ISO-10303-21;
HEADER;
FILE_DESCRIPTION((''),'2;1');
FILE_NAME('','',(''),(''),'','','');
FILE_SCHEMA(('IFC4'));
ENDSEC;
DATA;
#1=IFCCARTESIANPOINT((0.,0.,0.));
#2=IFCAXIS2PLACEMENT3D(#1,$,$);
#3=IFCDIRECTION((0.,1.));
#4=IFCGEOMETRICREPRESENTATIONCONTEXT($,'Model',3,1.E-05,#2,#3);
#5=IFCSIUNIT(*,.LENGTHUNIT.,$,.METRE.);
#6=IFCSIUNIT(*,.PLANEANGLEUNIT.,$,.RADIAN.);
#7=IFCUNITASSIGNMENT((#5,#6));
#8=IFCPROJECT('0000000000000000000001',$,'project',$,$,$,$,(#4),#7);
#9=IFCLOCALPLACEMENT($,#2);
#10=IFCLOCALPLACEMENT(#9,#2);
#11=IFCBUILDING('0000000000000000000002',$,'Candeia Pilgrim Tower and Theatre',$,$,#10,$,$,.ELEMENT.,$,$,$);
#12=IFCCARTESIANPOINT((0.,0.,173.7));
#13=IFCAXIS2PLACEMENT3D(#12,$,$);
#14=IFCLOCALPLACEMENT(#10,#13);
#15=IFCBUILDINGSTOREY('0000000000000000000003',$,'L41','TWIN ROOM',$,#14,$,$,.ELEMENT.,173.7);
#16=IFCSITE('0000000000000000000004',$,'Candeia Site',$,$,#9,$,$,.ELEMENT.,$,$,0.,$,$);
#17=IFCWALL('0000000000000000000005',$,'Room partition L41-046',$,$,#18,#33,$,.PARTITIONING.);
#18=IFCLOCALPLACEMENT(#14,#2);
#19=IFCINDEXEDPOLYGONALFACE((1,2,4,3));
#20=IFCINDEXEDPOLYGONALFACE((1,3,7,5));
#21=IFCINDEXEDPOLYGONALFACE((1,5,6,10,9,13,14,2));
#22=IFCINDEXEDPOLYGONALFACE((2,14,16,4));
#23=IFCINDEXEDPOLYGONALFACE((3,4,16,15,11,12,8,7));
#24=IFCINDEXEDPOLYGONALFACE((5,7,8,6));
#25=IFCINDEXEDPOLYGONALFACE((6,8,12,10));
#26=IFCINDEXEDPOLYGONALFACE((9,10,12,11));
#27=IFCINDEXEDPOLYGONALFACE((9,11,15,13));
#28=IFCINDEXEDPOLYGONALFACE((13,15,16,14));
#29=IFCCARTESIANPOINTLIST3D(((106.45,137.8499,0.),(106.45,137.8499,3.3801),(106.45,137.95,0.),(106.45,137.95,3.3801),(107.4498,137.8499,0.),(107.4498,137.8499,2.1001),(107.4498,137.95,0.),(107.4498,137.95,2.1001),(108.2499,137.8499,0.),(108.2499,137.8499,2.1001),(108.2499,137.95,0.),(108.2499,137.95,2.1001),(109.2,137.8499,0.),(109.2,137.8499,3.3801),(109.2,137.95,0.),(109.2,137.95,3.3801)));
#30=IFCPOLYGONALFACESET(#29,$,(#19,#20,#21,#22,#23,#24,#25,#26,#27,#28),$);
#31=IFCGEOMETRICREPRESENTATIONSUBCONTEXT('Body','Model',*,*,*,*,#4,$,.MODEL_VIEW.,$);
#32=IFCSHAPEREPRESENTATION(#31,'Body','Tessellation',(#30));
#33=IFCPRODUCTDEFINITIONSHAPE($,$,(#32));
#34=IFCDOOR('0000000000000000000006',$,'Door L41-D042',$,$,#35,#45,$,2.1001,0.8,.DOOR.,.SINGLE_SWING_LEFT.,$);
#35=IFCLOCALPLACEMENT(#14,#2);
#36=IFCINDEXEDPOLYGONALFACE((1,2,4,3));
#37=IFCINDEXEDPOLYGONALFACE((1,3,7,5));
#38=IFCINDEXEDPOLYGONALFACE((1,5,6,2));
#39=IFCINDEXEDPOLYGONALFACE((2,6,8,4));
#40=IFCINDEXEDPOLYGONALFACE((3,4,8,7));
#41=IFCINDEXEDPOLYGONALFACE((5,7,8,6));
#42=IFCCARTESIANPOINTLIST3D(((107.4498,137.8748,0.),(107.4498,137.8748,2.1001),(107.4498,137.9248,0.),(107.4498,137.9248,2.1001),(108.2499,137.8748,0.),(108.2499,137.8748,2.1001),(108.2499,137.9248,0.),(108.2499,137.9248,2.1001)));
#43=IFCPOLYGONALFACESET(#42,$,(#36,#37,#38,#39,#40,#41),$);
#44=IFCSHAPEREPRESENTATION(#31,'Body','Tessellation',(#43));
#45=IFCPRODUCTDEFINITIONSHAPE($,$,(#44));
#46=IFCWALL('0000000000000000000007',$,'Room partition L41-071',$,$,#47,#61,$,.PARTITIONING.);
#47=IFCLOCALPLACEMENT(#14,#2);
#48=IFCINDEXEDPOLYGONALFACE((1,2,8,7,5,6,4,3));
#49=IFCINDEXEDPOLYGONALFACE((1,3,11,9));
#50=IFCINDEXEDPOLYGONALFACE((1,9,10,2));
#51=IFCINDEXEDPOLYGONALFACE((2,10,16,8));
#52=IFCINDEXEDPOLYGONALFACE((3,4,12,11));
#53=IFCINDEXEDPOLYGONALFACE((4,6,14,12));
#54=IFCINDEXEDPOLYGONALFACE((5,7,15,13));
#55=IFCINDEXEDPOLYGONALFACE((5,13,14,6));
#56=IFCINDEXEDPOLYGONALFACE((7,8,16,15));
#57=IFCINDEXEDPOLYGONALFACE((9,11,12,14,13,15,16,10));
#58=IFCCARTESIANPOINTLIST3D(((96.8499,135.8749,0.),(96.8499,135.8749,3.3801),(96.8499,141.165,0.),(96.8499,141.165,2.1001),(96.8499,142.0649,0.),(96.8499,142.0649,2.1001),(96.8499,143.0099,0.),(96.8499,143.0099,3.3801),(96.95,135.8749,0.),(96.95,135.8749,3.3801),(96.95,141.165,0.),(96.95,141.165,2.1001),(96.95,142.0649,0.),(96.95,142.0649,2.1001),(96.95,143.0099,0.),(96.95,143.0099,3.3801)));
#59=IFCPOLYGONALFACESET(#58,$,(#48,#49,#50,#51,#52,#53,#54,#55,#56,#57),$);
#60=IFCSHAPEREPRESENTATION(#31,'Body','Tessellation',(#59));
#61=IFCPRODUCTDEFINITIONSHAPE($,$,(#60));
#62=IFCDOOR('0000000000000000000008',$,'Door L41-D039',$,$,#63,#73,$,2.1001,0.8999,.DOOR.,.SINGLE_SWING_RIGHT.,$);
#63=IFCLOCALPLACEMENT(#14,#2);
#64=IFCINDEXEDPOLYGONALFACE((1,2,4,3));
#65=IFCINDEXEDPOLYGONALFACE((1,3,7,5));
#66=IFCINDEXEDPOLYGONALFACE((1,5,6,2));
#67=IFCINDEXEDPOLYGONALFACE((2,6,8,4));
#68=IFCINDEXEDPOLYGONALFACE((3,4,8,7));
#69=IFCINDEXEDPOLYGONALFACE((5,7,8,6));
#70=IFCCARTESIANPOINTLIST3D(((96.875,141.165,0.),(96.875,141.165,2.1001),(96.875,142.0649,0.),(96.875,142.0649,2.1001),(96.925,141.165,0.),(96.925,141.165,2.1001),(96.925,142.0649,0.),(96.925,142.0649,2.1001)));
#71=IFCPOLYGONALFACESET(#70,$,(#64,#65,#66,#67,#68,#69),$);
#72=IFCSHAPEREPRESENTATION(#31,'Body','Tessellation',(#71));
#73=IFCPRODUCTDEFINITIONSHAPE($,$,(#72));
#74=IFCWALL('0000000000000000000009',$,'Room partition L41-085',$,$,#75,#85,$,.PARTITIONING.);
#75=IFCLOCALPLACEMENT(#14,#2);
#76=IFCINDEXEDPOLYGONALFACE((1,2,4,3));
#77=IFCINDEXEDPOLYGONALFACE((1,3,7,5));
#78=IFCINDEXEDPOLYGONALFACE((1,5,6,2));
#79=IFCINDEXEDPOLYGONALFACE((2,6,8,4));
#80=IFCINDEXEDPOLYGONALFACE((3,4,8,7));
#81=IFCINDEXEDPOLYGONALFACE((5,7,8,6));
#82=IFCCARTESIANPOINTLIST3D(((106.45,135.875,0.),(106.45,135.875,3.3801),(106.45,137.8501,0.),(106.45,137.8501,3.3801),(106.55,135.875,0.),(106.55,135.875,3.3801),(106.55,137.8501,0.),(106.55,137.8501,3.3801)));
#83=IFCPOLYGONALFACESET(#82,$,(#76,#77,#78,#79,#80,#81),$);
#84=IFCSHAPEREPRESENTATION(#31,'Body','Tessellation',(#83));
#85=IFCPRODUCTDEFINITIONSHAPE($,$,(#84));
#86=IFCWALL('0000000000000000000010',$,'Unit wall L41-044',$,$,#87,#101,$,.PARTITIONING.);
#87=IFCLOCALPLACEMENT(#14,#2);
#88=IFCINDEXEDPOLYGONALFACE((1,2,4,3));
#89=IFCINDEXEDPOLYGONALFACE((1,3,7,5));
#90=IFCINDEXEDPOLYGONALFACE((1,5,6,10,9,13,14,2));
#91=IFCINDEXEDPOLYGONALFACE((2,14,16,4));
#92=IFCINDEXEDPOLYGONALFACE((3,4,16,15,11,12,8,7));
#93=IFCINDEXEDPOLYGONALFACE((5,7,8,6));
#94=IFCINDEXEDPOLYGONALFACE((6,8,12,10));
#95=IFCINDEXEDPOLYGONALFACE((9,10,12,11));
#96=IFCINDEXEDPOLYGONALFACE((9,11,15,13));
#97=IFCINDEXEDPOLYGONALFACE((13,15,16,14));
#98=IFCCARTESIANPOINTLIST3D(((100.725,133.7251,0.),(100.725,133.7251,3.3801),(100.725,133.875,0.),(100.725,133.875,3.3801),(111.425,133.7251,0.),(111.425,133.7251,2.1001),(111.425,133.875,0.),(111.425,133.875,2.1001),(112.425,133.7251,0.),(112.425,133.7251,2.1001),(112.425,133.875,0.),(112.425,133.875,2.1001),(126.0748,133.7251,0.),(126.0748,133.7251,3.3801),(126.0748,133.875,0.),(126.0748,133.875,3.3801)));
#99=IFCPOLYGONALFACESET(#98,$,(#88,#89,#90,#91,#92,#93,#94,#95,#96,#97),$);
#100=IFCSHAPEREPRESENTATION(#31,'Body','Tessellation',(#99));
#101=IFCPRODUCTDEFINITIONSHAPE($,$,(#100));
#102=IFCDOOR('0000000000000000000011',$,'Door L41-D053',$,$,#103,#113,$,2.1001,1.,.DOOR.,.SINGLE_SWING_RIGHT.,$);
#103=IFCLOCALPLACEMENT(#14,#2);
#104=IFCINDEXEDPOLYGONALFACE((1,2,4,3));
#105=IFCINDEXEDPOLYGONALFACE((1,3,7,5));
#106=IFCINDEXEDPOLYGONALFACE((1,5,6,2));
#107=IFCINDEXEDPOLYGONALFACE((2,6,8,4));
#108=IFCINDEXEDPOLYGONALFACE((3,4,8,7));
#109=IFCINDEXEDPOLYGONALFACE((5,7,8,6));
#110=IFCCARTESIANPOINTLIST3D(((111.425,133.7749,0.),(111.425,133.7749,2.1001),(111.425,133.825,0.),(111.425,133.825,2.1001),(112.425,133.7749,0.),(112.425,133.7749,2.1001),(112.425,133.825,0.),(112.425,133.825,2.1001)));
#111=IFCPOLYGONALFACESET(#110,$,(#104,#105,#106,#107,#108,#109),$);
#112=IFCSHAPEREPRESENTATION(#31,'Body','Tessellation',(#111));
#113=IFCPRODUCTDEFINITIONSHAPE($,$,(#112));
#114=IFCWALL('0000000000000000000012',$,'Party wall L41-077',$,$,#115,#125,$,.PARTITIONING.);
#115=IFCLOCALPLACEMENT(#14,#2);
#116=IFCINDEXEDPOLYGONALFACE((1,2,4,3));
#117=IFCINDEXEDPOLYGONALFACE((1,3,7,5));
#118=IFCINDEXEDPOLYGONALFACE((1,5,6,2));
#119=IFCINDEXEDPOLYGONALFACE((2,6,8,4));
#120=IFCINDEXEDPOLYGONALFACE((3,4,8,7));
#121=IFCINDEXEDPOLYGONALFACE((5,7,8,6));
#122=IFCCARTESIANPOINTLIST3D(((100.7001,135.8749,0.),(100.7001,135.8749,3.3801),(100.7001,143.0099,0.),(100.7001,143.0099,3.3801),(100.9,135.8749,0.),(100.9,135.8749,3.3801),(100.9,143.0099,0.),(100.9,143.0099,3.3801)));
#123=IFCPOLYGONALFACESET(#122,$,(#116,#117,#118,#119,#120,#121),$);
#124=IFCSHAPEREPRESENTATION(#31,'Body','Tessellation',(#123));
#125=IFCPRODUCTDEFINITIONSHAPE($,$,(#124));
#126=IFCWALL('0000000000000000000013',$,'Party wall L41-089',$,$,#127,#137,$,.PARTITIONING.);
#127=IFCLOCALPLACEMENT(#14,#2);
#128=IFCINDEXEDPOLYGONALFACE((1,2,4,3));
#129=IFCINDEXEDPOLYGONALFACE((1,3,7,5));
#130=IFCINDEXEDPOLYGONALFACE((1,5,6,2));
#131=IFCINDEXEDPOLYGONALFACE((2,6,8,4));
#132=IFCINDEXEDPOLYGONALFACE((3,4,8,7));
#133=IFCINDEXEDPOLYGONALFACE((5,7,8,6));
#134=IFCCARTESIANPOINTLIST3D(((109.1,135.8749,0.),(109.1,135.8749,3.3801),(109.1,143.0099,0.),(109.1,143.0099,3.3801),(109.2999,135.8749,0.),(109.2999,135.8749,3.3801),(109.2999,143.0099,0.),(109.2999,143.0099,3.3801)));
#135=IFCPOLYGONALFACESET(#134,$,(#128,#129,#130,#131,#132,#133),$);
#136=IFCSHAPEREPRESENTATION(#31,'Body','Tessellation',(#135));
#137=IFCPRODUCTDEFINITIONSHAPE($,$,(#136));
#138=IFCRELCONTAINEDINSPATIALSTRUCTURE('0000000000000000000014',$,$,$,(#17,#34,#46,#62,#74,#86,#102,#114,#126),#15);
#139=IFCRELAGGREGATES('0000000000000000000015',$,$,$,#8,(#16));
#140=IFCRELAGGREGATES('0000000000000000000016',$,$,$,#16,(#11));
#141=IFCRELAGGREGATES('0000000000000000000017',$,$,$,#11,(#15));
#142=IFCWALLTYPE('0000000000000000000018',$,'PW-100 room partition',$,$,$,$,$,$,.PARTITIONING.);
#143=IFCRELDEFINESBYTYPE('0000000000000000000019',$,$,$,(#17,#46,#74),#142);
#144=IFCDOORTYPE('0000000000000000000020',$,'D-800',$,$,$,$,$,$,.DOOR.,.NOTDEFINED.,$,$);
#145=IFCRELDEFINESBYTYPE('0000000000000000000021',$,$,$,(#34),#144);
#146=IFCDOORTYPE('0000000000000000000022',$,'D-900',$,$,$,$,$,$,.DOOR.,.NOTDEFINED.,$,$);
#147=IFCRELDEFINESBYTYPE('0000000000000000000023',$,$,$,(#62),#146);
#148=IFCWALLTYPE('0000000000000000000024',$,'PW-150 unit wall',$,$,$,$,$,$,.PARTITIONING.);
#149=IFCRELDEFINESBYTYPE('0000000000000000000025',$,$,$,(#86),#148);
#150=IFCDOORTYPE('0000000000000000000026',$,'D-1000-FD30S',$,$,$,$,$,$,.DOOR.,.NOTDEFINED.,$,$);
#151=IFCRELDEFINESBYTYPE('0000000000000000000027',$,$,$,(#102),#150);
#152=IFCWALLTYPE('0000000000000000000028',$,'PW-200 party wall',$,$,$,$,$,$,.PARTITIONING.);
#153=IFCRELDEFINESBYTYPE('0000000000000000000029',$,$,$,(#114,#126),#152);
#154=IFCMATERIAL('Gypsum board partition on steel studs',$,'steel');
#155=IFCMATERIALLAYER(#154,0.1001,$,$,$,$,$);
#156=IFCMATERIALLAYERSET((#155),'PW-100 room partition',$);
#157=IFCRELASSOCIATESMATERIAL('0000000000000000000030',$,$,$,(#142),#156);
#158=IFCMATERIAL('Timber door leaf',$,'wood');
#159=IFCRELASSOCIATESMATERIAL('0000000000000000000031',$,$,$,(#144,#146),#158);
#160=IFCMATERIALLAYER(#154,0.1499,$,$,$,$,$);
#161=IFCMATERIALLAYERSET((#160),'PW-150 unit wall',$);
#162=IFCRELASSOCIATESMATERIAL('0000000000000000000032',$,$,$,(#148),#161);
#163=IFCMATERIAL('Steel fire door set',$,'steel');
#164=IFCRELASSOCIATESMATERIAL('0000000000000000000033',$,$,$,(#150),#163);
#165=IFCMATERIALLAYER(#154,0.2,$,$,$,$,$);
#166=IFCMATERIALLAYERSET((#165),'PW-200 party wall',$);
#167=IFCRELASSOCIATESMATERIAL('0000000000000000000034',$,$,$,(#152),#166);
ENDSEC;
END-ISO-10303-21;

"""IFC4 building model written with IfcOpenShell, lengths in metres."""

from ifc_helpers import new_model, si_unit, direction, frame, frame_2d, origin, place, context, subcontext, project, spatial, rectangle, extrude, material, layer, layer_set, type_object, element, fill, save


model = new_model("IFC4")

# Units and contexts
model_context = context("Model", 3, precision=1e-05, world=origin(), true_north=direction((0.0, 1.0)))
body_context = subcontext(model_context, "Body", "Model", "MODEL_VIEW")
ifc_project = project(units=[si_unit("LENGTHUNIT", "METRE"), si_unit("PLANEANGLEUNIT", "RADIAN")], contexts=[model_context])

# Site, building, storey
site_placement = place(None, origin())
site = spatial("IfcSite", under=ifc_project, at=site_placement, Name="Candeia Site", CompositionType="ELEMENT", RefElevation=0.0)
building_placement = place(site_placement, origin())
building = spatial("IfcBuilding", under=site, at=building_placement, Name="Candeia Pilgrim Tower and Theatre", CompositionType="ELEMENT")
storey_placement = place(building_placement, frame((0.0, 0.0, 173.7)))
storey = spatial("IfcBuildingStorey", under=building, at=storey_placement, Name="L41", Description="TWIN ROOM", CompositionType="ELEMENT", Elevation=173.7)

# Walls, openings, doors
ifc_material_1 = material(Name="Gypsum board partition on steel studs", Category="steel")
ifc_layer_1 = layer(ifc_material_1, 0.1001)
ifc_layer_set_1 = layer_set([ifc_layer_1], Name="PW-100 room partition")
wall_type_1 = type_object("IfcWallType", Name="PW-100 room partition", PredefinedType="PARTITIONING", material=ifc_layer_set_1)
wall_1_placement = place(storey_placement, frame((106.45, 137.8999, 0.0), z_axis=(0.0, 0.0, 1.0), x_axis=(1.0, 0.0, 0.0)))
wall_1 = element("IfcWall", 1, at=wall_1_placement, inside=storey, type_object=wall_type_1, Name="Room partition L41-046", PredefinedType="PARTITIONING", context=body_context, shape_type="SweptSolid", body=[
    extrude(rectangle(XDim=2.75, YDim=0.1001, at=frame_2d((1.375, 0.0))), origin(), (0.0, 0.0, 1.0), 3.3801),
])
opening_1_placement = place(wall_1_placement, frame((1.0, 0.0, 0.0)))
opening_1 = element("IfcOpeningElement", 2, at=opening_1_placement, cuts=wall_1, PredefinedType="OPENING", context=body_context, shape_type="SweptSolid", body=[
    extrude(rectangle(XDim=0.8, YDim=2.1001, at=frame_2d((0.3999, 1.05))), frame((0.0, 0.0601, 0.0), z_axis=(0.0, -1.0, 0.0), x_axis=(1.0, 0.0, 0.0)), (0.0, 0.0, 1.0), 0.1201),
])
ifc_material_2 = material(Name="Timber door leaf", Category="wood")
door_type_1 = type_object("IfcDoorType", Name="D-800", OperationType="NOTDEFINED", PredefinedType="DOOR", material=ifc_material_2)
door_1_placement = place(opening_1_placement, origin())
door_1 = element("IfcDoor", 3, at=door_1_placement, inside=storey, type_object=door_type_1, Name="Door L41-D042", OperationType="SINGLE_SWING_LEFT", OverallHeight=2.1001, OverallWidth=0.8, PredefinedType="DOOR", context=body_context, shape_type="SweptSolid", body=[
    extrude(rectangle(XDim=0.8, YDim=2.1001, at=frame_2d((0.3999, 1.05))), frame((0.0, 0.0249, 0.0), z_axis=(0.0, -1.0, 0.0), x_axis=(1.0, 0.0, 0.0)), (0.0, 0.0, 1.0), 0.05),
])
fill(opening_1, door_1)
wall_2_placement = place(storey_placement, frame((96.8999, 135.875, 0.0), z_axis=(0.0, 0.0, 1.0), x_axis=(0.0, 1.0, 0.0)))
wall_2 = element("IfcWall", 4, at=wall_2_placement, inside=storey, type_object=wall_type_1, Name="Room partition L41-071", PredefinedType="PARTITIONING", context=body_context, shape_type="SweptSolid", body=[
    extrude(rectangle(XDim=7.135, YDim=0.1001, at=frame_2d((3.5674, 0.0))), origin(), (0.0, 0.0, 1.0), 3.3801),
])
opening_2_placement = place(wall_2_placement, frame((5.29, 0.0, 0.0)))
opening_2 = element("IfcOpeningElement", 5, at=opening_2_placement, cuts=wall_2, PredefinedType="OPENING", context=body_context, shape_type="SweptSolid", body=[
    extrude(rectangle(XDim=0.8999, YDim=2.1001, at=frame_2d((0.45, 1.05))), frame((0.0, 0.0601, 0.0), z_axis=(0.0, -1.0, 0.0), x_axis=(1.0, 0.0, 0.0)), (0.0, 0.0, 1.0), 0.1201),
])
door_type_2 = type_object("IfcDoorType", Name="D-900", OperationType="NOTDEFINED", PredefinedType="DOOR", material=ifc_material_2)
door_2_placement = place(opening_2_placement, origin())
door_2 = element("IfcDoor", 6, at=door_2_placement, inside=storey, type_object=door_type_2, Name="Door L41-D039", OperationType="SINGLE_SWING_RIGHT", OverallHeight=2.1001, OverallWidth=0.8999, PredefinedType="DOOR", context=body_context, shape_type="SweptSolid", body=[
    extrude(rectangle(XDim=0.8999, YDim=2.1001, at=frame_2d((0.45, 1.05))), frame((0.0, 0.0249, 0.0), z_axis=(0.0, -1.0, 0.0), x_axis=(1.0, 0.0, 0.0)), (0.0, 0.0, 1.0), 0.05),
])
fill(opening_2, door_2)

# Wall
wall_3_placement = place(storey_placement, frame((106.5, 135.875, 0.0), z_axis=(0.0, 0.0, 1.0), x_axis=(0.0, 1.0, 0.0)))
element("IfcWall", 7, at=wall_3_placement, inside=storey, type_object=wall_type_1, Name="Room partition L41-085", PredefinedType="PARTITIONING", context=body_context, shape_type="SweptSolid", body=[
    extrude(rectangle(XDim=1.9751, YDim=0.1001, at=frame_2d((0.9875, 0.0))), origin(), (0.0, 0.0, 1.0), 3.3801),
])

# Wall, opening, door
ifc_layer_2 = layer(ifc_material_1, 0.1499)
ifc_layer_set_2 = layer_set([ifc_layer_2], Name="PW-150 unit wall")
wall_type_2 = type_object("IfcWallType", Name="PW-150 unit wall", PredefinedType="PARTITIONING", material=ifc_layer_set_2)
wall_4_placement = place(storey_placement, frame((100.7251, 133.8, 0.0), z_axis=(0.0, 0.0, 1.0), x_axis=(1.0, 0.0, 0.0)))
wall_4 = element("IfcWall", 8, at=wall_4_placement, inside=storey, type_object=wall_type_2, Name="Unit wall L41-044", PredefinedType="PARTITIONING", context=body_context, shape_type="SweptSolid", body=[
    extrude(rectangle(XDim=25.3499, YDim=0.1499, at=frame_2d((12.6748, 0.0))), origin(), (0.0, 0.0, 1.0), 3.3801),
])
opening_3_placement = place(wall_4_placement, frame((10.7, 0.0, 0.0)))
opening_3 = element("IfcOpeningElement", 9, at=opening_3_placement, cuts=wall_4, PredefinedType="OPENING", context=body_context, shape_type="SweptSolid", body=[
    extrude(rectangle(XDim=1.0, YDim=2.1001, at=frame_2d((0.5, 1.05))), frame((0.0, 0.085, 0.0), z_axis=(0.0, -1.0, 0.0), x_axis=(1.0, 0.0, 0.0)), (0.0, 0.0, 1.0), 0.1699),
])
ifc_material_3 = material(Name="Steel fire door set", Category="steel")
door_type_3 = type_object("IfcDoorType", Name="D-1000-FD30S", OperationType="NOTDEFINED", PredefinedType="DOOR", material=ifc_material_3)
door_3_placement = place(opening_3_placement, origin())
door_3 = element("IfcDoor", 10, at=door_3_placement, inside=storey, type_object=door_type_3, Name="Door L41-D053", OperationType="SINGLE_SWING_RIGHT", OverallHeight=2.1001, OverallWidth=1.0, PredefinedType="DOOR", context=body_context, shape_type="SweptSolid", body=[
    extrude(rectangle(XDim=1.0, YDim=2.1001, at=frame_2d((0.5, 1.05))), frame((0.0, 0.0249, 0.0), z_axis=(0.0, -1.0, 0.0), x_axis=(1.0, 0.0, 0.0)), (0.0, 0.0, 1.0), 0.05),
])
fill(opening_3, door_3)

# Walls
ifc_layer_3 = layer(ifc_material_1, 0.2)
ifc_layer_set_3 = layer_set([ifc_layer_3], Name="PW-200 party wall")
wall_type_3 = type_object("IfcWallType", Name="PW-200 party wall", PredefinedType="PARTITIONING", material=ifc_layer_set_3)
for number, where, z_axis, x_axis, name in (
    (11, (100.8, 135.875, 0.0), (0.0, 0.0, 1.0), (0.0, 1.0, 0.0), "Party wall L41-077"),
    (12, (109.2, 135.875, 0.0), (0.0, 0.0, 1.0), (0.0, 1.0, 0.0), "Party wall L41-089"),
):
    element("IfcWall", number, at=place(storey_placement, frame(where, z_axis=z_axis, x_axis=x_axis)), inside=storey, type_object=wall_type_3, Name=name, PredefinedType="PARTITIONING", context=body_context, shape_type="SweptSolid", body=[
        extrude(rectangle(XDim=7.135, YDim=0.2, at=frame_2d((3.5674, 0.0))), origin(), (0.0, 0.0, 1.0), 3.3801),
    ])

save(model, "model.ifc")
